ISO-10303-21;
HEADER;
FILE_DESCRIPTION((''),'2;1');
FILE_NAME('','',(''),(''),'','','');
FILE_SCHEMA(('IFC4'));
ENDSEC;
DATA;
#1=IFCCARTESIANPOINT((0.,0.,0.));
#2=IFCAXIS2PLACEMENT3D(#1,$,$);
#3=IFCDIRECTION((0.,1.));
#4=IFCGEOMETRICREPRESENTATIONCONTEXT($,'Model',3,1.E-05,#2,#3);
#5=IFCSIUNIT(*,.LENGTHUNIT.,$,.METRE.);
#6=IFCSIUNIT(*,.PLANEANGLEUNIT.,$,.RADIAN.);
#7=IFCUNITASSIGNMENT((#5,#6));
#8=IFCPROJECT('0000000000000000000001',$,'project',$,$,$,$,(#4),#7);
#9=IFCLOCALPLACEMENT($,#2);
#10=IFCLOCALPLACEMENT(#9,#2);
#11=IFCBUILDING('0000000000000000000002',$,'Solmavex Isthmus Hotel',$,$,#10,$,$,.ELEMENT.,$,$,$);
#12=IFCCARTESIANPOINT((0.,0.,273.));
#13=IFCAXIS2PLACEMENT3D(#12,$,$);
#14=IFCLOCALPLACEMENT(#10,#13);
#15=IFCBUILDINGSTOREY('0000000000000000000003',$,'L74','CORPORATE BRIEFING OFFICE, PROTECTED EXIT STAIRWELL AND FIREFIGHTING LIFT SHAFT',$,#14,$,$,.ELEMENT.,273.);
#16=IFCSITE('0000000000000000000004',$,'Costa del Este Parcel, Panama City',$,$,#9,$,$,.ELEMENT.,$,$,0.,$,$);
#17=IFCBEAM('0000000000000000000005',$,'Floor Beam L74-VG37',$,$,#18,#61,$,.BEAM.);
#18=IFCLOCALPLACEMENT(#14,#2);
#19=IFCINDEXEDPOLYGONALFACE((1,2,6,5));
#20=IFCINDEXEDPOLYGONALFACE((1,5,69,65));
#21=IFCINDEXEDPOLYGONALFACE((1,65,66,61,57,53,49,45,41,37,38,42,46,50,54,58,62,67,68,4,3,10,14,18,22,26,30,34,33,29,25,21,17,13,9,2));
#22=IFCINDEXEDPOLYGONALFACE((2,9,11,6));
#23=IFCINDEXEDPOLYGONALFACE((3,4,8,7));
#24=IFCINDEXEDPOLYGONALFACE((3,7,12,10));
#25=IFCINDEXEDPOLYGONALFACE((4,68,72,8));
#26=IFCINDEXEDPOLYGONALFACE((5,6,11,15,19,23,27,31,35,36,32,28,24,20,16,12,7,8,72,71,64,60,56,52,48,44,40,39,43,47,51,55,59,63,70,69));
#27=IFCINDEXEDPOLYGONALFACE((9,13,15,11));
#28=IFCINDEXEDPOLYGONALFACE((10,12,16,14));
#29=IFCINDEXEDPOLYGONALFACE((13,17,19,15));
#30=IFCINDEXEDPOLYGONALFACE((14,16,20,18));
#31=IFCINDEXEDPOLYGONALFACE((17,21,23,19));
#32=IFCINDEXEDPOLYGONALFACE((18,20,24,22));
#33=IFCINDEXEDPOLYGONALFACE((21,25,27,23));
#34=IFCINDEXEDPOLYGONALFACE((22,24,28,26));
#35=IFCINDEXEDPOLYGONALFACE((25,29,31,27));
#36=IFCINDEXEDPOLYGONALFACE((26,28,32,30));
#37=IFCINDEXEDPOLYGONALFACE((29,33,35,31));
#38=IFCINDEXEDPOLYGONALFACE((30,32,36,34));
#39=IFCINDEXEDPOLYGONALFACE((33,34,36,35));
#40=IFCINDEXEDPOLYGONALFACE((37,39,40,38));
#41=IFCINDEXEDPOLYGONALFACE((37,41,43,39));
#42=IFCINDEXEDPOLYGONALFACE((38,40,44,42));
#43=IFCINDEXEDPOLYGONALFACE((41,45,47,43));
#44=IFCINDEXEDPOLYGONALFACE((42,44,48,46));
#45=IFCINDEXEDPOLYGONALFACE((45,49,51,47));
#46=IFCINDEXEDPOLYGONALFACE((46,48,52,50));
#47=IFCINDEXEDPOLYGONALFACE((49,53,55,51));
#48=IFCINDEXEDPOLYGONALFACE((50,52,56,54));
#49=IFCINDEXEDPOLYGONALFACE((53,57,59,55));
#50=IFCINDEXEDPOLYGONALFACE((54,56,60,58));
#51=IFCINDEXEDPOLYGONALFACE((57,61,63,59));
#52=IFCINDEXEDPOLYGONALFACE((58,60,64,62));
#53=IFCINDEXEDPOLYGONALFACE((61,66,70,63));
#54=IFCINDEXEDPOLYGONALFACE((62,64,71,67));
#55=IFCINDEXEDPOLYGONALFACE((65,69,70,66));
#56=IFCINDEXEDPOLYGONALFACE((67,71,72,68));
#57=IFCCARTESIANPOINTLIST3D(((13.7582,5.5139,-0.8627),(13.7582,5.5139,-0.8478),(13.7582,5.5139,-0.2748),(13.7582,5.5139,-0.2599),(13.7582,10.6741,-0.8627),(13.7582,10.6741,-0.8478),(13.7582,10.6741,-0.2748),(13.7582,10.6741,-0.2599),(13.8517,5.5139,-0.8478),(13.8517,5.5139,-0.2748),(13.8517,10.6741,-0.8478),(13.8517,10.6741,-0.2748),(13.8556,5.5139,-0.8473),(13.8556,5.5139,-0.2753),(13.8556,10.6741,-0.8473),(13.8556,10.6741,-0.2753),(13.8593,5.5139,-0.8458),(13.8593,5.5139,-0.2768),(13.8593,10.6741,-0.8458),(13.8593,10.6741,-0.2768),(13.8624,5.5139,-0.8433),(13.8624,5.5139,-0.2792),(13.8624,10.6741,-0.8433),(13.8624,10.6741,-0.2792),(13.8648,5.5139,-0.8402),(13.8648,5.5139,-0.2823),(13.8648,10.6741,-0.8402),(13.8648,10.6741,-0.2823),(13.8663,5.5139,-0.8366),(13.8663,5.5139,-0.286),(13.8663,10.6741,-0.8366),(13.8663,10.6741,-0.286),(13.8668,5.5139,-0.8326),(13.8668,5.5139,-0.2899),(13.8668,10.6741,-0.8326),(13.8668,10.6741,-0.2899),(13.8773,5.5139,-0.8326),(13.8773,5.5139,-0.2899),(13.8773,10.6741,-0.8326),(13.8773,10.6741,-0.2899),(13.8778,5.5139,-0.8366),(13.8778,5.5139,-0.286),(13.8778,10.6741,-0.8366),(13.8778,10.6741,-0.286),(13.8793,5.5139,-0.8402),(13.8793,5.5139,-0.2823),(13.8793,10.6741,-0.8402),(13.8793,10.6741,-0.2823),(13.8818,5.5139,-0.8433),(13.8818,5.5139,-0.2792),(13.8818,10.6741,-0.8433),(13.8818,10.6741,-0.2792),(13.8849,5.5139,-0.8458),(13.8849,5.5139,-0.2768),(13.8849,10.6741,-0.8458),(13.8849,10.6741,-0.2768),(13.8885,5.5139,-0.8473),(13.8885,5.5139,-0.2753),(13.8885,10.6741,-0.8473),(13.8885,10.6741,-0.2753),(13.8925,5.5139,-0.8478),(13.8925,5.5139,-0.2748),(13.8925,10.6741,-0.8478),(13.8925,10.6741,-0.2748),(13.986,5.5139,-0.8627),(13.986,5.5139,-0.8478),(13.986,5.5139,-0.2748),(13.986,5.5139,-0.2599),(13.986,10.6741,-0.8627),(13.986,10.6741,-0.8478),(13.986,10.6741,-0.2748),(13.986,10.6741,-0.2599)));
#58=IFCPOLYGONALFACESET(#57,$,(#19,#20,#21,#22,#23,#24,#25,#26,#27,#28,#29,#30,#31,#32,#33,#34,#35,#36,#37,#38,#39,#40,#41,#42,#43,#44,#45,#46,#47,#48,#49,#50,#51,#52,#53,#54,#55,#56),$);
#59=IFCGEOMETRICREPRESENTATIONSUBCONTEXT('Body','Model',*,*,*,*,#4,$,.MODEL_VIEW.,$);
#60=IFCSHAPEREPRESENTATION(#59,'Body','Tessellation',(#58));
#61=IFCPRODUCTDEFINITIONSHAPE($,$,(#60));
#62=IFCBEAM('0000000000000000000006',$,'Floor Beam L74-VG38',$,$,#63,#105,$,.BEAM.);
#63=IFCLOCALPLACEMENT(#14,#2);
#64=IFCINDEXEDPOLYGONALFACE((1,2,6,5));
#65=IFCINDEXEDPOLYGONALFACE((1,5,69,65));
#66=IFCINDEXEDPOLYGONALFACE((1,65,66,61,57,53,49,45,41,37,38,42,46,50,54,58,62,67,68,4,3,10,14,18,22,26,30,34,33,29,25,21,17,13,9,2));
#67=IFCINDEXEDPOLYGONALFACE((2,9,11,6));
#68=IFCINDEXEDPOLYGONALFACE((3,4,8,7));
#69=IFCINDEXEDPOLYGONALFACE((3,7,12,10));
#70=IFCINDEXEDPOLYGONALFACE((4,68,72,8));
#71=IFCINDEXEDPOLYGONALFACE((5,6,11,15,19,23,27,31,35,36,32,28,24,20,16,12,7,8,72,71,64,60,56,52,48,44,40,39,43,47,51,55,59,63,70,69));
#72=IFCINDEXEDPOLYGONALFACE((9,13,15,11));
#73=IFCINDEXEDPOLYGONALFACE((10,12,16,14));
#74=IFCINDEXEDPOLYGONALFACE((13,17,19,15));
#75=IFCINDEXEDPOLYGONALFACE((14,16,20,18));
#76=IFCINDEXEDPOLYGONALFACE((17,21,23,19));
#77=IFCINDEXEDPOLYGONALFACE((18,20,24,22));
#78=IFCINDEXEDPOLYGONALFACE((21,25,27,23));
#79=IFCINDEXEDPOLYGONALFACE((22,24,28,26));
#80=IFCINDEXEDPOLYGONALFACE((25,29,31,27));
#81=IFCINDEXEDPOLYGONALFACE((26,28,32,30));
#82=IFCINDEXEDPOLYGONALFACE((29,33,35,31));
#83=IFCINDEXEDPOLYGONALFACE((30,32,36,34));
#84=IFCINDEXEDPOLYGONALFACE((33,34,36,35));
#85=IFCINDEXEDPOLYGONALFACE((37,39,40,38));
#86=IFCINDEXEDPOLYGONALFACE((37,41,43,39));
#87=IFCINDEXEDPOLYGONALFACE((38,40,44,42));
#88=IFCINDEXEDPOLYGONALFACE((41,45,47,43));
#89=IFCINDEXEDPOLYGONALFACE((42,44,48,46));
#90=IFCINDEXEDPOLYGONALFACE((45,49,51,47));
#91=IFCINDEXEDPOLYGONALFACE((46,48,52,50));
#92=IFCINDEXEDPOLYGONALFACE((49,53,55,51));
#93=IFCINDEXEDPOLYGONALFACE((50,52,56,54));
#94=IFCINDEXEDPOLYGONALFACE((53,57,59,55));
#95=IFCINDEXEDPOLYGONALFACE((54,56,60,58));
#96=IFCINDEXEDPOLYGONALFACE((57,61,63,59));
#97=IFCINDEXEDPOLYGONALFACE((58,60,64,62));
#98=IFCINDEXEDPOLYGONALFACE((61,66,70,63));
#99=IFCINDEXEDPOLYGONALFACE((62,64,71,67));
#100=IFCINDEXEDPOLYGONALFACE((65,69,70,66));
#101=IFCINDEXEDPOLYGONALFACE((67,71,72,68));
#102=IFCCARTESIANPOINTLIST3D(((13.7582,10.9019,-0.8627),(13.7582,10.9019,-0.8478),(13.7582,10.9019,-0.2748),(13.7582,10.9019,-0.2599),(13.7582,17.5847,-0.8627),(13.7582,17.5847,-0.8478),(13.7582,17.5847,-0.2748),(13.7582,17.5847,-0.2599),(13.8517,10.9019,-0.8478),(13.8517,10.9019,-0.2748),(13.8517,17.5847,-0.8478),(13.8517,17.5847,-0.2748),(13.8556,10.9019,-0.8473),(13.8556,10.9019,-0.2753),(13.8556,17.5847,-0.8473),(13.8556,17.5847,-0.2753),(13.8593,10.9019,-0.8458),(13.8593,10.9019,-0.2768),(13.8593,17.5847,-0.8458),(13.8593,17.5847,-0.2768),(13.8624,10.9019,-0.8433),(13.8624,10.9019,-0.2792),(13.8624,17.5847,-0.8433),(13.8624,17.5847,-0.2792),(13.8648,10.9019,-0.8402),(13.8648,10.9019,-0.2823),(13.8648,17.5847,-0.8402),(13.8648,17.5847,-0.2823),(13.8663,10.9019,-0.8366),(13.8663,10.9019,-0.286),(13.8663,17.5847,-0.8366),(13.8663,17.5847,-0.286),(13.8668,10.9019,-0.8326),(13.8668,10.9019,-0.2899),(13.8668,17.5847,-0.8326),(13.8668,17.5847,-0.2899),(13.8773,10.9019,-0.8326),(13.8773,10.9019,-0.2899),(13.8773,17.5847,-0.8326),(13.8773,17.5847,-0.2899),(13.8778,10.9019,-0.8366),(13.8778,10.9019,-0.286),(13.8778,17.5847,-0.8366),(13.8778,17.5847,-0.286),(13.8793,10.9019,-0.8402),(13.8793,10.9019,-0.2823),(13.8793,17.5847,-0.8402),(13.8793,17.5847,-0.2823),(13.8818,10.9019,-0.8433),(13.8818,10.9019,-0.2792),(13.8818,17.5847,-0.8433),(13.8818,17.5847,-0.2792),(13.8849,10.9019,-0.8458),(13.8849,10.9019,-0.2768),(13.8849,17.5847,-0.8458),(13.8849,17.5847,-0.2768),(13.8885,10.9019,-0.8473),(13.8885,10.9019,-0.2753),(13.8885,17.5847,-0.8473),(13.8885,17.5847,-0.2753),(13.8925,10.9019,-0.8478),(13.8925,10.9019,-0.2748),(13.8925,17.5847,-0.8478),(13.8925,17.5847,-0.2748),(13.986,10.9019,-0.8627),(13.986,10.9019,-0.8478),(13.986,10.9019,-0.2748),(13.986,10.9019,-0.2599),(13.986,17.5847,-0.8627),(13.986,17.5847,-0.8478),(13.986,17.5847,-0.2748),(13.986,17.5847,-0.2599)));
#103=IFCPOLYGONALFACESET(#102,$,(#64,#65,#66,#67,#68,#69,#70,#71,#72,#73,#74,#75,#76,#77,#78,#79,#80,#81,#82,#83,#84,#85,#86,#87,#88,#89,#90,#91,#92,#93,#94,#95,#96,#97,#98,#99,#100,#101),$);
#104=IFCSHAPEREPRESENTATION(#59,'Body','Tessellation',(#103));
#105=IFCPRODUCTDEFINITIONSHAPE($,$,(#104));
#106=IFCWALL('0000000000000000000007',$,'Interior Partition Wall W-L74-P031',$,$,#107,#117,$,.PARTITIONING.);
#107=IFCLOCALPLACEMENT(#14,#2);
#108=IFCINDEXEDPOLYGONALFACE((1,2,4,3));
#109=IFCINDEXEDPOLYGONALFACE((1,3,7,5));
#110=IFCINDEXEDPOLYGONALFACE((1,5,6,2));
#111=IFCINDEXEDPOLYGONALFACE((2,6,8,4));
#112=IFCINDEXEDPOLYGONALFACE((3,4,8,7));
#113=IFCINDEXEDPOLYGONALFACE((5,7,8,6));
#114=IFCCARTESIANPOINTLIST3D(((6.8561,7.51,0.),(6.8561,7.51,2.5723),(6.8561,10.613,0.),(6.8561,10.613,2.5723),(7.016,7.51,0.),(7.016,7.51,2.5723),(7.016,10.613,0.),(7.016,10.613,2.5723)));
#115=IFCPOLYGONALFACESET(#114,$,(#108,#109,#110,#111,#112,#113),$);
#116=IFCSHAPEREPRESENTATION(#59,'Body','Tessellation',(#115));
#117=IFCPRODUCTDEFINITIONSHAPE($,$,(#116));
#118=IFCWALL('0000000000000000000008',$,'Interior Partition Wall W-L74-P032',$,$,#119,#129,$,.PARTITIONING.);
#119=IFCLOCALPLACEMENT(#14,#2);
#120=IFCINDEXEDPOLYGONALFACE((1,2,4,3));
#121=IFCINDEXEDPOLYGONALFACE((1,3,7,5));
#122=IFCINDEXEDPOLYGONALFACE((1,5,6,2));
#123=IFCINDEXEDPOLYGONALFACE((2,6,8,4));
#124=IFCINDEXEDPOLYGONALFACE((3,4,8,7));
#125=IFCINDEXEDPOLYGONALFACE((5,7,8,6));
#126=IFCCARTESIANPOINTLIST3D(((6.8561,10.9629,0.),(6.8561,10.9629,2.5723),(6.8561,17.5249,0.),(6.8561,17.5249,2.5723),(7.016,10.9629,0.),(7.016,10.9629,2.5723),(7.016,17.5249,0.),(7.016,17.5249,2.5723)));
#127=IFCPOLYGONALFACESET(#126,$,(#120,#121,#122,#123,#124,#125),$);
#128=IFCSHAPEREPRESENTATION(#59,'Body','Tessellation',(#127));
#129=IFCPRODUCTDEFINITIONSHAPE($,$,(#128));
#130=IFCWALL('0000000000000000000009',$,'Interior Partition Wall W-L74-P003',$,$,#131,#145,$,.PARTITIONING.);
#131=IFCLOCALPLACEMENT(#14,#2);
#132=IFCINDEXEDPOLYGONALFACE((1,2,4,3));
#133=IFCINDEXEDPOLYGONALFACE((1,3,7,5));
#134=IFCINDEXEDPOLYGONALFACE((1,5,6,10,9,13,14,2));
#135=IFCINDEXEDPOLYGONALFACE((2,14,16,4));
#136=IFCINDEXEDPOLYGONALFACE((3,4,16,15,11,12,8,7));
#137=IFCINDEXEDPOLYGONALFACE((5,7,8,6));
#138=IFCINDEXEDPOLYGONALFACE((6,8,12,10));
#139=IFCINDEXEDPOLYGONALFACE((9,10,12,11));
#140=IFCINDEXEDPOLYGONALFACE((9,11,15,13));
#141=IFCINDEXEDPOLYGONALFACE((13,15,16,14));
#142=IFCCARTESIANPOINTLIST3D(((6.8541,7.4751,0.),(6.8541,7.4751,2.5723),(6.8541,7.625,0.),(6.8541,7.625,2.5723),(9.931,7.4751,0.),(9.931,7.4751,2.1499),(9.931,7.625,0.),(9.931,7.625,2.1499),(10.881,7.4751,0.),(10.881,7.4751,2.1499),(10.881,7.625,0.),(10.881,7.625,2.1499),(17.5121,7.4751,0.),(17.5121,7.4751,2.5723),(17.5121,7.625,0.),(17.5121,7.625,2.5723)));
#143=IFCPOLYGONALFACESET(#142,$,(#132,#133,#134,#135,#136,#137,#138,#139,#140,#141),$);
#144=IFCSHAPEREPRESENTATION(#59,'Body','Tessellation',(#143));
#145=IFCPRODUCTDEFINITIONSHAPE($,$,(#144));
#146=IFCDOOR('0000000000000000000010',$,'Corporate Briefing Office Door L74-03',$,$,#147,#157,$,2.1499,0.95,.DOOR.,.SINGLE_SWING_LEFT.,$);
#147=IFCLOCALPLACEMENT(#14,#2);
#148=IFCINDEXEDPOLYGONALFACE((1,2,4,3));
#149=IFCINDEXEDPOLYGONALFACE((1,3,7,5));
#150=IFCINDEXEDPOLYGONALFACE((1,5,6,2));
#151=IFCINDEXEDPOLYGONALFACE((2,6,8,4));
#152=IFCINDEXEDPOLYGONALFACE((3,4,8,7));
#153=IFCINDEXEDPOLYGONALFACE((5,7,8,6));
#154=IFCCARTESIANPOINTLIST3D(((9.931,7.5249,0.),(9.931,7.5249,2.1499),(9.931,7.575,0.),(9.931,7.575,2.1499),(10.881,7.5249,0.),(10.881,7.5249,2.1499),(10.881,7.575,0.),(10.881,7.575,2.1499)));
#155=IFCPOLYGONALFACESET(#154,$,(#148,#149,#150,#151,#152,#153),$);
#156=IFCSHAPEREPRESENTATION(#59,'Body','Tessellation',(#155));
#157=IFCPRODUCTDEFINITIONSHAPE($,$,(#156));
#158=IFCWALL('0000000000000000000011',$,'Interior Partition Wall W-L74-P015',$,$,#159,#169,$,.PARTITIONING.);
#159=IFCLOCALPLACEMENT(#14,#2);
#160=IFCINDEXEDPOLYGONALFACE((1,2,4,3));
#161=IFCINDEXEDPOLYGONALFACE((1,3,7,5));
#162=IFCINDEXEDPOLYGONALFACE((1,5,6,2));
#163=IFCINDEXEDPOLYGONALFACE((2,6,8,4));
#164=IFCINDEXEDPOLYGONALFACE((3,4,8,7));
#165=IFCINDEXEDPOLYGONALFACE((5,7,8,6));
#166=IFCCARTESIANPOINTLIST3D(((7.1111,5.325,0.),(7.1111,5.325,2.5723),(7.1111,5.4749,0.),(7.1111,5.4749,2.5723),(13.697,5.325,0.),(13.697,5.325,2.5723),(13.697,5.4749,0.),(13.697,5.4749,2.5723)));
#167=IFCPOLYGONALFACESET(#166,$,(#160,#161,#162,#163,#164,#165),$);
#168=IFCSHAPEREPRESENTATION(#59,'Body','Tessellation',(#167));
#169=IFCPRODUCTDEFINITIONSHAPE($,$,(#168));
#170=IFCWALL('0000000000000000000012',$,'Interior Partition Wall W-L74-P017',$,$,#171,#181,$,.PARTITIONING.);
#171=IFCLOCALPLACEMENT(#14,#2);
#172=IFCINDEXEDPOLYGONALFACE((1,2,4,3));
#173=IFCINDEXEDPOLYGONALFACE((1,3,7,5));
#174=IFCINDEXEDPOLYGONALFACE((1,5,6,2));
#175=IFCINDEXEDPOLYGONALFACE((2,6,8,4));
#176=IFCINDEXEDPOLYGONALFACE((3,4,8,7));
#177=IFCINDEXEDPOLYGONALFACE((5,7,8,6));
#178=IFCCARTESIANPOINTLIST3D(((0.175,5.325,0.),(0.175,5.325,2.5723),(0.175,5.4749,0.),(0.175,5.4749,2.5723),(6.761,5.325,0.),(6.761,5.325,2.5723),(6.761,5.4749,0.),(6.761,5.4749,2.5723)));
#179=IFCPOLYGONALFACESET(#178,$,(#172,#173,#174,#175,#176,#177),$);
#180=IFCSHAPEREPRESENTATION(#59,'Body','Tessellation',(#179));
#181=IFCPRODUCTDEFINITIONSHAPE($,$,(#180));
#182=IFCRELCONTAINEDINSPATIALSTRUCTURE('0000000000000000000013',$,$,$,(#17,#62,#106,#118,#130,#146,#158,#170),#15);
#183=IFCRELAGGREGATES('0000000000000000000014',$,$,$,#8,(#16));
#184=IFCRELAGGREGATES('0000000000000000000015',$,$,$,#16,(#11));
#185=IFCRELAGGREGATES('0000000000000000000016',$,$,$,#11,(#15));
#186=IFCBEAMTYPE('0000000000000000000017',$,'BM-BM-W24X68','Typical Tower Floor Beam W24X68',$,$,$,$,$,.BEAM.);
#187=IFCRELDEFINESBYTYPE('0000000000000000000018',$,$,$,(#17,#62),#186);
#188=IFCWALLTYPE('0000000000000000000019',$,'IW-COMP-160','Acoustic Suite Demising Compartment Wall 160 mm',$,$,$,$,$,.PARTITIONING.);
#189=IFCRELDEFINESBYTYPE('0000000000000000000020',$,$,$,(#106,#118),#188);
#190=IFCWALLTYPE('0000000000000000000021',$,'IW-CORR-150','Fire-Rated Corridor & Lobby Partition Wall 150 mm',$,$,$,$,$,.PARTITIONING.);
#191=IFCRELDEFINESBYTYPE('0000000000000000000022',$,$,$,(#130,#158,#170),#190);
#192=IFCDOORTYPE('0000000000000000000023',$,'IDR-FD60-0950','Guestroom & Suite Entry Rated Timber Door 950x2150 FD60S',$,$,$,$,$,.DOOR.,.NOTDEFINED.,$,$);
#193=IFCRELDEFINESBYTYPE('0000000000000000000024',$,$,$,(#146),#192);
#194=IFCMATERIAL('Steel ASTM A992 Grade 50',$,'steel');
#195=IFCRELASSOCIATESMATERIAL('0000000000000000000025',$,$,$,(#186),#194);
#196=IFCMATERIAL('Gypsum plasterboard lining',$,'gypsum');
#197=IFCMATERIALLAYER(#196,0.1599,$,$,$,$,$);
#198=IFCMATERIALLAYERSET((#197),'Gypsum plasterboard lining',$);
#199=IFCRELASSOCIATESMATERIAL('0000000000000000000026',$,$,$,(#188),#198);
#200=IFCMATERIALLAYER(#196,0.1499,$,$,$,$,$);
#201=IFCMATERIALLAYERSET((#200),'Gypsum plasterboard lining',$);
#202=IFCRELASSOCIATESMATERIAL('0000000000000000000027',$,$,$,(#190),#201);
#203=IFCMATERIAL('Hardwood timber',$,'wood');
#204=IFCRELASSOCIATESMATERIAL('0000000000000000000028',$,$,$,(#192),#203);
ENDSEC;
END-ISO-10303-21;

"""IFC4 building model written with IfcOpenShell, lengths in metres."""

from ifc_helpers import new_model, si_unit, direction, frame, frame_2d, origin, origin_2d, place, context, subcontext, project, spatial, rectangle, i_section, extrude, material, layer, layer_set, material_profile, profile_set, type_object, element, fill, save


model = new_model("IFC4")

# Units and contexts
model_context = context("Model", 3, precision=1e-05, world=origin(), true_north=direction((0.0, 1.0)))
body_context = subcontext(model_context, "Body", "Model", "MODEL_VIEW")
ifc_project = project(units=[si_unit("LENGTHUNIT", "METRE"), si_unit("PLANEANGLEUNIT", "RADIAN")], contexts=[model_context])

# Site, building, storey
site_placement = place(None, origin())
site = spatial("IfcSite", under=ifc_project, at=site_placement, Name="Costa del Este Parcel, Panama City", CompositionType="ELEMENT", RefElevation=0.0)
building_placement = place(site_placement, origin())
building = spatial("IfcBuilding", under=site, at=building_placement, Name="Solmavex Isthmus Hotel", CompositionType="ELEMENT")
storey_placement = place(building_placement, frame((0.0, 0.0, 273.0)))
storey = spatial("IfcBuildingStorey", under=building, at=storey_placement, Name="L74", Description="CORPORATE BRIEFING OFFICE, PROTECTED EXIT STAIRWELL AND FIREFIGHTING LIFT SHAFT", CompositionType="ELEMENT", Elevation=273.0)

# Beams
ifc_material_1 = material(Name="Steel ASTM A992 Grade 50", Category="steel")
ifc_material_profile_1 = material_profile(ifc_material_1, i_section(OverallWidth=0.2278, OverallDepth=0.6028, WebThickness=0.0105, FlangeThickness=0.0149, FilletRadius=0.0151, at=origin_2d()), Name="W24X68")
ifc_profile_set_1 = profile_set([ifc_material_profile_1], Name="Steel ASTM A992 Grade 50")
beam_type_1 = type_object("IfcBeamType", Name="BM-BM-W24X68", Description="Typical Tower Floor Beam W24X68", PredefinedType="BEAM", material=ifc_profile_set_1)
beam_1_placement = place(storey_placement, frame((13.8721, 5.5139, -0.5613), z_axis=(0.0, 1.0, 0.0), x_axis=(-1.0, 0.0, 0.0)))
element("IfcBeam", 1, at=beam_1_placement, inside=storey, type_object=beam_type_1, Name="Floor Beam L74-VG37", PredefinedType="BEAM", context=body_context, shape_type="SweptSolid", body=[
    extrude(i_section(OverallWidth=0.2278, OverallDepth=0.6028, WebThickness=0.0105, FlangeThickness=0.0149, FilletRadius=0.0151, at=origin_2d()), origin(), (0.0, 0.0, 1.0), 5.1602),
])
beam_2_placement = place(storey_placement, frame((13.8721, 10.9019, -0.5613), z_axis=(0.0, 1.0, 0.0), x_axis=(-1.0, 0.0, 0.0)))
element("IfcBeam", 2, at=beam_2_placement, inside=storey, type_object=beam_type_1, Name="Floor Beam L74-VG38", PredefinedType="BEAM", context=body_context, shape_type="SweptSolid", body=[
    extrude(i_section(OverallWidth=0.2278, OverallDepth=0.6028, WebThickness=0.0105, FlangeThickness=0.0149, FilletRadius=0.0151, at=origin_2d()), origin(), (0.0, 0.0, 1.0), 6.6829),
])

# Walls
ifc_material_2 = material(Name="Gypsum plasterboard lining", Category="gypsum")
ifc_layer_1 = layer(ifc_material_2, 0.1599)
ifc_layer_set_1 = layer_set([ifc_layer_1], Name="Gypsum plasterboard lining")
wall_type_1 = type_object("IfcWallType", Name="IW-COMP-160", Description="Acoustic Suite Demising Compartment Wall 160 mm", PredefinedType="PARTITIONING", material=ifc_layer_set_1)
wall_1_placement = place(storey_placement, frame((6.936, 10.613, 0.0), z_axis=(0.0, 0.0, 1.0), x_axis=(0.0, -1.0, 0.0)))
element("IfcWall", 3, at=wall_1_placement, inside=storey, type_object=wall_type_1, Name="Interior Partition Wall W-L74-P031", PredefinedType="PARTITIONING", context=body_context, shape_type="SweptSolid", body=[
    extrude(rectangle(XDim=3.103, YDim=0.1599, at=frame_2d((1.5515, 0.0))), origin(), (0.0, 0.0, 1.0), 2.5723),
])
wall_2_placement = place(storey_placement, frame((6.936, 17.5249, 0.0), z_axis=(0.0, 0.0, 1.0), x_axis=(0.0, -1.0, 0.0)))
element("IfcWall", 4, at=wall_2_placement, inside=storey, type_object=wall_type_1, Name="Interior Partition Wall W-L74-P032", PredefinedType="PARTITIONING", context=body_context, shape_type="SweptSolid", body=[
    extrude(rectangle(XDim=6.562, YDim=0.1599, at=frame_2d((3.281, 0.0))), origin(), (0.0, 0.0, 1.0), 2.5723),
])

# Wall, opening, door
ifc_layer_2 = layer(ifc_material_2, 0.1499)
ifc_layer_set_2 = layer_set([ifc_layer_2], Name="Gypsum plasterboard lining")
wall_type_2 = type_object("IfcWallType", Name="IW-CORR-150", Description="Fire-Rated Corridor & Lobby Partition Wall 150 mm", PredefinedType="PARTITIONING", material=ifc_layer_set_2)
wall_3_placement = place(storey_placement, frame((6.854, 7.55, 0.0), z_axis=(0.0, 0.0, 1.0), x_axis=(1.0, 0.0, 0.0)))
wall_3 = element("IfcWall", 5, at=wall_3_placement, inside=storey, type_object=wall_type_2, Name="Interior Partition Wall W-L74-P003", PredefinedType="PARTITIONING", context=body_context, shape_type="SweptSolid", body=[
    extrude(rectangle(XDim=10.658, YDim=0.1499, at=frame_2d((5.3291, 0.0))), origin(), (0.0, 0.0, 1.0), 2.5723),
])
opening_placement = place(wall_3_placement, frame((3.0769, 0.0, 0.0)))
opening = element("IfcOpeningElement", 6, at=opening_placement, cuts=wall_3, PredefinedType="OPENING", context=body_context, shape_type="SweptSolid", body=[
    extrude(rectangle(XDim=0.95, YDim=2.1499, at=frame_2d((0.4751, 1.075))), frame((0.0, 0.085, 0.0), z_axis=(0.0, -1.0, 0.0), x_axis=(1.0, 0.0, 0.0)), (0.0, 0.0, 1.0), 0.1699),
])
ifc_material_3 = material(Name="Hardwood timber", Category="wood")
door_type = type_object("IfcDoorType", Name="IDR-FD60-0950", Description="Guestroom & Suite Entry Rated Timber Door 950x2150 FD60S", OperationType="NOTDEFINED", PredefinedType="DOOR", material=ifc_material_3)
door_placement = place(opening_placement, origin())
door = element("IfcDoor", 7, at=door_placement, inside=storey, type_object=door_type, Name="Corporate Briefing Office Door L74-03", OperationType="SINGLE_SWING_LEFT", OverallHeight=2.1499, OverallWidth=0.95, PredefinedType="DOOR", context=body_context, shape_type="SweptSolid", body=[
    extrude(rectangle(XDim=0.95, YDim=2.1499, at=frame_2d((0.4751, 1.075))), frame((0.0, 0.0249, 0.0), z_axis=(0.0, -1.0, 0.0), x_axis=(1.0, 0.0, 0.0)), (0.0, 0.0, 1.0), 0.05),
])
fill(opening, door)

# Walls
for number, where, z_axis, x_axis, name in (
    (8, (13.697, 5.3999, 0.0), (0.0, 0.0, 1.0), (-1.0, 0.0, 0.0), "Interior Partition Wall W-L74-P015"),
    (9, (6.761, 5.3999, 0.0), (0.0, 0.0, 1.0), (-1.0, 0.0, 0.0), "Interior Partition Wall W-L74-P017"),
):
    element("IfcWall", number, at=place(storey_placement, frame(where, z_axis=z_axis, x_axis=x_axis)), inside=storey, type_object=wall_type_2, Name=name, PredefinedType="PARTITIONING", context=body_context, shape_type="SweptSolid", body=[
        extrude(rectangle(XDim=6.5859, YDim=0.1499, at=frame_2d((3.293, 0.0))), origin(), (0.0, 0.0, 1.0), 2.5723),
    ])

save(model, "model.ifc")
